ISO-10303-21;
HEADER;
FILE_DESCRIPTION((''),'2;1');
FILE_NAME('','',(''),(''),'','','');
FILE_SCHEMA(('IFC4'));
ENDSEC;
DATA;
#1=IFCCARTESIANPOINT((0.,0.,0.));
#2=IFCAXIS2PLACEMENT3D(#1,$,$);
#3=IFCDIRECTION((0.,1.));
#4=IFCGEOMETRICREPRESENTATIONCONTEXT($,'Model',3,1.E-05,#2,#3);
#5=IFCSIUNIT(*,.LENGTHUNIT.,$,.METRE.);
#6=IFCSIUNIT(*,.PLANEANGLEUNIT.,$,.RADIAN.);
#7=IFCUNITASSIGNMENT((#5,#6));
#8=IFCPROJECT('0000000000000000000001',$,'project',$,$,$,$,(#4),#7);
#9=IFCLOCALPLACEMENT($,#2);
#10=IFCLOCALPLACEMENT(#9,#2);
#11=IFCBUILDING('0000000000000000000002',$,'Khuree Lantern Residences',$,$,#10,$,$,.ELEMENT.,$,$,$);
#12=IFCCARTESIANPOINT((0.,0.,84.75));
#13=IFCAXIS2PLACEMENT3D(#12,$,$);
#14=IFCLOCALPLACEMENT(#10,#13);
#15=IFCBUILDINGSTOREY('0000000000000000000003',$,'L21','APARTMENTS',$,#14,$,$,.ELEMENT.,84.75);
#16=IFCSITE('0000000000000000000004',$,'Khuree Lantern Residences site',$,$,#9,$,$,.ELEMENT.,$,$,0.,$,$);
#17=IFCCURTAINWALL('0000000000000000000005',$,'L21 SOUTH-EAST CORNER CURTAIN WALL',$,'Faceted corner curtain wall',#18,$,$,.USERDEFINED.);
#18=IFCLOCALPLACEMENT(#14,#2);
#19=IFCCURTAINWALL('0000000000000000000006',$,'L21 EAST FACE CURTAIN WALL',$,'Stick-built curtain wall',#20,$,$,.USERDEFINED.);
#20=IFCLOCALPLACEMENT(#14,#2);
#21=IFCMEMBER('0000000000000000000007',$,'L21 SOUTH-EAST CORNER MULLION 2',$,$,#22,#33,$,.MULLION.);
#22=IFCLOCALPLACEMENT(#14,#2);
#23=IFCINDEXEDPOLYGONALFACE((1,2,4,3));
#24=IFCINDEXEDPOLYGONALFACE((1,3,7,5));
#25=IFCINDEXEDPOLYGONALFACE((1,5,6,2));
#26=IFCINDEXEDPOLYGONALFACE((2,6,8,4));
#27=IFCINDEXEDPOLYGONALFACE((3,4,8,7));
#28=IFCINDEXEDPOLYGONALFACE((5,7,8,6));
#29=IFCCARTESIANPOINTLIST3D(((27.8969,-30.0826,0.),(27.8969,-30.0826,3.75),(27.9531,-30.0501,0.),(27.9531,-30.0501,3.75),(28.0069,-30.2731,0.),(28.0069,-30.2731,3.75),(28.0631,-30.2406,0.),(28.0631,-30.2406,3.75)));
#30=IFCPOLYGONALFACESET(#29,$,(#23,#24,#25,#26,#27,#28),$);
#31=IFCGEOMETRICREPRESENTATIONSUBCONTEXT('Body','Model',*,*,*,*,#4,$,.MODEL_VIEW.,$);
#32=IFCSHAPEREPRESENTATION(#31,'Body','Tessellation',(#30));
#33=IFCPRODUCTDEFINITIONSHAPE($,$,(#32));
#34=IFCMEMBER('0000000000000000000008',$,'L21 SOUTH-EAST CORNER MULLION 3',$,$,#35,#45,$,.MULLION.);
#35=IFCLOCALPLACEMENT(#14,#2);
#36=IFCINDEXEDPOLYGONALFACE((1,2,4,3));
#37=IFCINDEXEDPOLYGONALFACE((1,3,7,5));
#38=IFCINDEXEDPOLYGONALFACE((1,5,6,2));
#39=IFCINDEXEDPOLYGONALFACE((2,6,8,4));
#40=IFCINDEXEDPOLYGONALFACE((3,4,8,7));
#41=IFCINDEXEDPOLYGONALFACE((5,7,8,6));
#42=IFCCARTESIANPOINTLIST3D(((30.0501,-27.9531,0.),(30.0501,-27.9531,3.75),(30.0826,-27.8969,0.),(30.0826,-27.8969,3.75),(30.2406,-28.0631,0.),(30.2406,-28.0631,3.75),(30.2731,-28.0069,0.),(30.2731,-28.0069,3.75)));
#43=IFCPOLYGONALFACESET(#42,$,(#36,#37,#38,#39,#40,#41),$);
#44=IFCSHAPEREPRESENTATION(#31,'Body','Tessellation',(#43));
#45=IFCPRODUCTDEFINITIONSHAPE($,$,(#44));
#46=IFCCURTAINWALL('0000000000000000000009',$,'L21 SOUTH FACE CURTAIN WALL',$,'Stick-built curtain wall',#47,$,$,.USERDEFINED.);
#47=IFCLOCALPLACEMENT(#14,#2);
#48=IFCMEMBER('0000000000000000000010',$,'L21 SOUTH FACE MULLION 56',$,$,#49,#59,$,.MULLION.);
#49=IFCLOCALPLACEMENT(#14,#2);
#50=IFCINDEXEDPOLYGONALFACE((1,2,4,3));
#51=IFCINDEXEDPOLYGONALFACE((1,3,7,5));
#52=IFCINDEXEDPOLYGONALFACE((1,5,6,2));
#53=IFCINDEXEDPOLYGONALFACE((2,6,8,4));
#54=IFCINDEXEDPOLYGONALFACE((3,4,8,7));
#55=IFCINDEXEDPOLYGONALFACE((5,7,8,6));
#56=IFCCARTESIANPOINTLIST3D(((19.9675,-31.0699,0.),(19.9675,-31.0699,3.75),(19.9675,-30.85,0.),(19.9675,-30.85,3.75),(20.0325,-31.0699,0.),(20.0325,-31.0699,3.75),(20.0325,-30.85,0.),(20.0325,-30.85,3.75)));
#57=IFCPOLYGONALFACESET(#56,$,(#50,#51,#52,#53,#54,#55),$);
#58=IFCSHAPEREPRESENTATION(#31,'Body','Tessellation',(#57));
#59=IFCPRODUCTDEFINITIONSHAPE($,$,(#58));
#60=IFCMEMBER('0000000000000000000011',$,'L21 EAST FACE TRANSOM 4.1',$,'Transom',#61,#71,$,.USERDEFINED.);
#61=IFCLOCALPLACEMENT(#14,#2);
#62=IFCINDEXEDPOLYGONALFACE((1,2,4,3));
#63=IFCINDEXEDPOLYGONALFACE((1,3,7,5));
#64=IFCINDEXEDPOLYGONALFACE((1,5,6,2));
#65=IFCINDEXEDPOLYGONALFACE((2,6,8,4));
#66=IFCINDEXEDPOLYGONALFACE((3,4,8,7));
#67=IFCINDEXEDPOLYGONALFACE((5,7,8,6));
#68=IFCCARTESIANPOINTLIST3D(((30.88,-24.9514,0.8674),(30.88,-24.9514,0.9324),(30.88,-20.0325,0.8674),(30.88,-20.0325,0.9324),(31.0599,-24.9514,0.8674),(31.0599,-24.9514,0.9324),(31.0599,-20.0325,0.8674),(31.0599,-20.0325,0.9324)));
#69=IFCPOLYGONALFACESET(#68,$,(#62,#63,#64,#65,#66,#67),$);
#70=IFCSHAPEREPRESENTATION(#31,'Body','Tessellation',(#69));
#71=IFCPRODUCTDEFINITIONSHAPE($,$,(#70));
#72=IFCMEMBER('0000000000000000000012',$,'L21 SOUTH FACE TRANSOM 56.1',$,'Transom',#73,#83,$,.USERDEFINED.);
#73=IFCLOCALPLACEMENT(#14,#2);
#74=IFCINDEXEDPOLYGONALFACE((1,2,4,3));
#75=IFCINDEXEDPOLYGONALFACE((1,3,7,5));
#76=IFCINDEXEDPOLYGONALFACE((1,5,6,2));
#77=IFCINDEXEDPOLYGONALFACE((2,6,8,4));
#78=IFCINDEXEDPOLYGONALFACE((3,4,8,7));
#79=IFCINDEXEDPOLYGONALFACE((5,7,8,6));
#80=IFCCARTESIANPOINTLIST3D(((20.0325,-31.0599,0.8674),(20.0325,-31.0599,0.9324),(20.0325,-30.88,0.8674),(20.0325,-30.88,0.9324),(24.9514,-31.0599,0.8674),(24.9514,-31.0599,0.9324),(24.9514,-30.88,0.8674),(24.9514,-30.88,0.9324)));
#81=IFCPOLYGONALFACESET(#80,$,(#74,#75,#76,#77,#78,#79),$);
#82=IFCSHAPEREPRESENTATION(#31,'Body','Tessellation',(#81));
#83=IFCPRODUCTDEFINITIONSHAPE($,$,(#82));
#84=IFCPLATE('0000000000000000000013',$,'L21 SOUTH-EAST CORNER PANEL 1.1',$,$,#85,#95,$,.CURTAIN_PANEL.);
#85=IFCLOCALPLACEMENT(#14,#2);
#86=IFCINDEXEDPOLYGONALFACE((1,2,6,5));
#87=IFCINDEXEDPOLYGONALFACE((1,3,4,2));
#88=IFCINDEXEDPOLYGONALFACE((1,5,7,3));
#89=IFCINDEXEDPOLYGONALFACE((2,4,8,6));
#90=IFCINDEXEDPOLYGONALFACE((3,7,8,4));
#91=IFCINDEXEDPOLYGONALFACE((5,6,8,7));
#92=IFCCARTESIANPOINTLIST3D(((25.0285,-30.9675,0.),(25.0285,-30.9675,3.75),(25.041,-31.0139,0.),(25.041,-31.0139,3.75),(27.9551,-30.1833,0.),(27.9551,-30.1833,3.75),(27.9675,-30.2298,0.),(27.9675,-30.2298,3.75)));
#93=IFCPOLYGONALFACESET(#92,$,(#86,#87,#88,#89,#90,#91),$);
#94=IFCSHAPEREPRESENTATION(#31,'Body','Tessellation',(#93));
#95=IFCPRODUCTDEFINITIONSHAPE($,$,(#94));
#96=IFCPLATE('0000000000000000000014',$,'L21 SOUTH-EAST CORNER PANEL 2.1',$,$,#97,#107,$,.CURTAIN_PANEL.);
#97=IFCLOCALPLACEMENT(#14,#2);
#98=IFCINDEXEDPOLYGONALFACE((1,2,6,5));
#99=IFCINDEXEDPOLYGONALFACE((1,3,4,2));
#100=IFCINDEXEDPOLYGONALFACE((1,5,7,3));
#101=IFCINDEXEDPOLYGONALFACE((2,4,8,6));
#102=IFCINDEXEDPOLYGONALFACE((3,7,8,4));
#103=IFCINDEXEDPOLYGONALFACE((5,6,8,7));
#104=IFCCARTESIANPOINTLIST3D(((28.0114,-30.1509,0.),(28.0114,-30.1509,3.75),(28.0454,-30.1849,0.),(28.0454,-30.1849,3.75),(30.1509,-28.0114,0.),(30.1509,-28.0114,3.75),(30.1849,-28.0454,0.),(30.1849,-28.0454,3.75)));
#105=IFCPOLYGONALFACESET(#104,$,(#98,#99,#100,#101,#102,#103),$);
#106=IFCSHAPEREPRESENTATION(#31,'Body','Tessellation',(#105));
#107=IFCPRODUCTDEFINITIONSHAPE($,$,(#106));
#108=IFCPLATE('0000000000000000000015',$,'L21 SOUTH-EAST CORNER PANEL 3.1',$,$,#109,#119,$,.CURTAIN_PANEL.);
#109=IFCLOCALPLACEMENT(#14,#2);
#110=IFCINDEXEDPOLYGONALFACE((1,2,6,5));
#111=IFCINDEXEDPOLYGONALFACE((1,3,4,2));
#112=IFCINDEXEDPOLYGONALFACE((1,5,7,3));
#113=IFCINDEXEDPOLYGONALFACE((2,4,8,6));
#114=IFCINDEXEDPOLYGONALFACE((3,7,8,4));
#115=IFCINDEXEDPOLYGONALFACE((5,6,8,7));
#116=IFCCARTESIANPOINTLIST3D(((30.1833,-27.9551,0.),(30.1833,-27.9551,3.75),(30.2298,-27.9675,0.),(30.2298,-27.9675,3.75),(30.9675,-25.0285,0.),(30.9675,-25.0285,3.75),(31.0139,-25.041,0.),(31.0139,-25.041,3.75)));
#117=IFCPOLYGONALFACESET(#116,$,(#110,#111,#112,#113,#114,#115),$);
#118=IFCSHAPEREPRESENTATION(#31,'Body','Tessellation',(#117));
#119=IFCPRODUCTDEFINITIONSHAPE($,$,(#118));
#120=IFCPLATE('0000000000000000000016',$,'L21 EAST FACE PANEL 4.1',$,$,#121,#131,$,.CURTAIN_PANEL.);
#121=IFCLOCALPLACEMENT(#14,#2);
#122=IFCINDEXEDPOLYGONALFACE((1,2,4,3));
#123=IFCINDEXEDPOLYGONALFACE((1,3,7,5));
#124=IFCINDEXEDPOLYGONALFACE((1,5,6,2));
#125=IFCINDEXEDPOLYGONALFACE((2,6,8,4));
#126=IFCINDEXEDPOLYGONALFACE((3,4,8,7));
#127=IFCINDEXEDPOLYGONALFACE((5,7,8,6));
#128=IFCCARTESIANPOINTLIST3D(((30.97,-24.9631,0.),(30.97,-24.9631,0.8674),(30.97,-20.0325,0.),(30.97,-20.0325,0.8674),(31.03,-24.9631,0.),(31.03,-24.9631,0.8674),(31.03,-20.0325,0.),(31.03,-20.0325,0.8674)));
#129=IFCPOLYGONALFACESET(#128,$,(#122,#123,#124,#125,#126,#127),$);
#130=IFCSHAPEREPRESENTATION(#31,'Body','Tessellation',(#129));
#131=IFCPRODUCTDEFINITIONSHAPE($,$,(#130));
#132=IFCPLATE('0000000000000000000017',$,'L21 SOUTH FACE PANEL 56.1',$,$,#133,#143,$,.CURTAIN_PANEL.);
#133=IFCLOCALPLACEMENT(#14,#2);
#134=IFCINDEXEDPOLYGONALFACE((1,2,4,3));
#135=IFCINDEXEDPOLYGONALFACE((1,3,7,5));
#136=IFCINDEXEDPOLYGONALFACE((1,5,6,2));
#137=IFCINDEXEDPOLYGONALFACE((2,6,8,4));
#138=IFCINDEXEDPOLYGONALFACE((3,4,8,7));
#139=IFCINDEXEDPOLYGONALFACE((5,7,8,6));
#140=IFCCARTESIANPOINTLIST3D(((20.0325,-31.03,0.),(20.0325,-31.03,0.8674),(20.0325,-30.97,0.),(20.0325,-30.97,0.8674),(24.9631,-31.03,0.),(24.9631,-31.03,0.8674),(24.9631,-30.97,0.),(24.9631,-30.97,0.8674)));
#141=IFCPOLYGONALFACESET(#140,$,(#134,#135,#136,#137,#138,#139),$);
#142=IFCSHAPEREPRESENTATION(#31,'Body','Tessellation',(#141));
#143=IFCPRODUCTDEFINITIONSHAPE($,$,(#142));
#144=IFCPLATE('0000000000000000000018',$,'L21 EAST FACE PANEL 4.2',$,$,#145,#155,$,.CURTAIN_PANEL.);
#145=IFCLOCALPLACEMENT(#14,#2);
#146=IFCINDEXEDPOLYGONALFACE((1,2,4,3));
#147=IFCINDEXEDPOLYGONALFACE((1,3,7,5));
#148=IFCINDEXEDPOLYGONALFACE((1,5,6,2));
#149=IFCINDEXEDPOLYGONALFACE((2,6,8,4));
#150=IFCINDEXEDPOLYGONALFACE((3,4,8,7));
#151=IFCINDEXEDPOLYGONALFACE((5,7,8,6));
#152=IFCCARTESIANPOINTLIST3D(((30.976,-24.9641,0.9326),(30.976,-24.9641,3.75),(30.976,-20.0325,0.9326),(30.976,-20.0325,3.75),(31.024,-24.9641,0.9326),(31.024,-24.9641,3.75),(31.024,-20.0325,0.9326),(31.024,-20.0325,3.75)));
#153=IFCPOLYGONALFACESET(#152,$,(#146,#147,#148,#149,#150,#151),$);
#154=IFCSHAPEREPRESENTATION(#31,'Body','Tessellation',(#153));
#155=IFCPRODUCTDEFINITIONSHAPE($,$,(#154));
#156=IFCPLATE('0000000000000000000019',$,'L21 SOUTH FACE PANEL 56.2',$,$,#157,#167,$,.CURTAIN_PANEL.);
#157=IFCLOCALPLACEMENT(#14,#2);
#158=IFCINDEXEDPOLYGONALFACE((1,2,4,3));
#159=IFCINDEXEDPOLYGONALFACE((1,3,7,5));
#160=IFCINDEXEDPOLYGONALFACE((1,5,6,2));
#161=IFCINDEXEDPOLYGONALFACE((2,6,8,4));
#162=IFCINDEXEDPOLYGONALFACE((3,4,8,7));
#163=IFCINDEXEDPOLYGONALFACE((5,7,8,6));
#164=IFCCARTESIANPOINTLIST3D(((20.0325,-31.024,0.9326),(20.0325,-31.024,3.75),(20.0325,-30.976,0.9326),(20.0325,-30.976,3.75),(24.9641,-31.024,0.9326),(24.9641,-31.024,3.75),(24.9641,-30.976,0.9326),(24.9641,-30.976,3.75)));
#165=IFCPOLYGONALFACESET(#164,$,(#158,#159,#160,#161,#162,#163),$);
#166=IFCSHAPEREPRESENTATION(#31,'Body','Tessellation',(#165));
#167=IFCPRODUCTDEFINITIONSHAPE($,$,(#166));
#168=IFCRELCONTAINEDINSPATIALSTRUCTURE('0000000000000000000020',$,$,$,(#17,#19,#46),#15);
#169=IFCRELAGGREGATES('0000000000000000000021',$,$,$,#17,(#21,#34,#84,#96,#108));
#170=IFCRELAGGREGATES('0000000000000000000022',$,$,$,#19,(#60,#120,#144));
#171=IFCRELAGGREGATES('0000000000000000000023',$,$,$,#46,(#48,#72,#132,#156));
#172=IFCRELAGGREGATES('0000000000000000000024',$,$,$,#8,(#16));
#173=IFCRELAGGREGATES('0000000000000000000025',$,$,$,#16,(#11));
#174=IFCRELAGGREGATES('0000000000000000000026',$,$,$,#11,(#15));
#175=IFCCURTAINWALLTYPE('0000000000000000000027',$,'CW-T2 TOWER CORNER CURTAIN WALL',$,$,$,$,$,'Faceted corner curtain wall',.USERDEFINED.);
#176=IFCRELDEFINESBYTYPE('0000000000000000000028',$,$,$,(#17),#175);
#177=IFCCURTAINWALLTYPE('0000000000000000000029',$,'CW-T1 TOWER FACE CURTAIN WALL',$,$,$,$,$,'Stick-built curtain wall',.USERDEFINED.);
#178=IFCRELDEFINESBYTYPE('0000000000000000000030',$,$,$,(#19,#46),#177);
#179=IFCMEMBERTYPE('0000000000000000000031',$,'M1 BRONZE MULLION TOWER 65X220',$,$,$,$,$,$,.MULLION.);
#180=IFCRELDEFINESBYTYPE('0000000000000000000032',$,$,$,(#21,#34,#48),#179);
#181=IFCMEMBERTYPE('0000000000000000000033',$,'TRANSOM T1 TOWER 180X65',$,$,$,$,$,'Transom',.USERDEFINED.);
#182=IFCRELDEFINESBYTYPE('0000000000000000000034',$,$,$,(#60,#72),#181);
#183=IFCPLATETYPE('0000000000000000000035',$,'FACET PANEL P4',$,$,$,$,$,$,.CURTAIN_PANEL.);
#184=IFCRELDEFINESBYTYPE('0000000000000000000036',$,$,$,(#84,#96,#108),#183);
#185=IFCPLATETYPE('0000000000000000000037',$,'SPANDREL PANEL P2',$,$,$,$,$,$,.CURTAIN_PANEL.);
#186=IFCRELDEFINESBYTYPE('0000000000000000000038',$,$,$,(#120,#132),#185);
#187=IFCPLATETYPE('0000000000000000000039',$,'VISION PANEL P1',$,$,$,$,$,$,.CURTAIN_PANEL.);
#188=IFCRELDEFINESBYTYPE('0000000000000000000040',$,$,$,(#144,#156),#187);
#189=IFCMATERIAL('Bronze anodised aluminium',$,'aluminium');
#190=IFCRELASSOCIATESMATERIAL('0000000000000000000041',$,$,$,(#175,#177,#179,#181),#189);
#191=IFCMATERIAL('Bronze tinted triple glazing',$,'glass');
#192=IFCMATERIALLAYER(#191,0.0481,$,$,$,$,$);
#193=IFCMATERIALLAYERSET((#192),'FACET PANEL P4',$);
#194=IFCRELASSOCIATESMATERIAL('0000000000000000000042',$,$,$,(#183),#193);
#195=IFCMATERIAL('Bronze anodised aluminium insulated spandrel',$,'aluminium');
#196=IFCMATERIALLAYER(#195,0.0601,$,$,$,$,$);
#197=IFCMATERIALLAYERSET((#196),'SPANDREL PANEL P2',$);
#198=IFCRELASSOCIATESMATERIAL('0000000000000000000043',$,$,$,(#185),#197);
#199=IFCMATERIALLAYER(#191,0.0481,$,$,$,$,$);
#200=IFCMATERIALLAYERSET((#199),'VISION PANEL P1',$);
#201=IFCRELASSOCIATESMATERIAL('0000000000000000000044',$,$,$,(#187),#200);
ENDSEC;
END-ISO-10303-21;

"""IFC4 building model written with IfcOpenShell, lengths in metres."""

from ifc_helpers import new_model, si_unit, direction, frame, origin, origin_2d, place, context, subcontext, project, spatial, rectangle, extrude, material, layer, layer_set, material_profile, profile_set, type_object, element, aggregate, save


model = new_model("IFC4")

# Units and contexts
model_context = context("Model", 3, precision=1e-05, world=origin(), true_north=direction((0.0, 1.0)))
body_context = subcontext(model_context, "Body", "Model", "MODEL_VIEW")
ifc_project = project(units=[si_unit("LENGTHUNIT", "METRE"), si_unit("PLANEANGLEUNIT", "RADIAN")], contexts=[model_context])

# Site, building, storey
site_placement = place(None, origin())
site = spatial("IfcSite", under=ifc_project, at=site_placement, Name="Khuree Lantern Residences site", CompositionType="ELEMENT", RefElevation=0.0)
building_placement = place(site_placement, origin())
building = spatial("IfcBuilding", under=site, at=building_placement, Name="Khuree Lantern Residences", CompositionType="ELEMENT")
storey_placement = place(building_placement, frame((0.0, 0.0, 84.75)))
storey = spatial("IfcBuildingStorey", under=building, at=storey_placement, Name="L21", Description="APARTMENTS", CompositionType="ELEMENT", Elevation=84.75)

# Curtain walls
ifc_material_1 = material(Name="Bronze anodised aluminium", Category="aluminium")
curtain_wall_type_1 = type_object("IfcCurtainWallType", Name="CW-T2 TOWER CORNER CURTAIN WALL", ElementType="Faceted corner curtain wall", PredefinedType="USERDEFINED", material=ifc_material_1)
curtain_wall_1_placement = place(storey_placement, origin())
curtain_wall_1 = element("IfcCurtainWall", 1, at=curtain_wall_1_placement, inside=storey, type_object=curtain_wall_type_1, Name="L21 SOUTH-EAST CORNER CURTAIN WALL", ObjectType="Faceted corner curtain wall", PredefinedType="USERDEFINED")
curtain_wall_type_2 = type_object("IfcCurtainWallType", Name="CW-T1 TOWER FACE CURTAIN WALL", ElementType="Stick-built curtain wall", PredefinedType="USERDEFINED", material=ifc_material_1)
curtain_wall_2_placement = place(storey_placement, origin())
curtain_wall_2 = element("IfcCurtainWall", 2, at=curtain_wall_2_placement, inside=storey, type_object=curtain_wall_type_2, Name="L21 EAST FACE CURTAIN WALL", ObjectType="Stick-built curtain wall", PredefinedType="USERDEFINED")

# Members
ifc_material_profile_1 = material_profile(ifc_material_1, rectangle(XDim=0.0649, YDim=0.22, at=origin_2d()), Name="M1 65X220")
ifc_profile_set_1 = profile_set([ifc_material_profile_1], Name="Bronze anodised aluminium")
member_type_1 = type_object("IfcMemberType", Name="M1 BRONZE MULLION TOWER 65X220", PredefinedType="MULLION", material=ifc_profile_set_1)
member_1_placement = place(storey_placement, frame((27.98, -30.1616, 0.0), z_axis=(0.0, 0.0, 1.0), x_axis=(0.866025, 0.5, 0.0)))
member_1 = element("IfcMember", 3, at=member_1_placement, type_object=member_type_1, Name="L21 SOUTH-EAST CORNER MULLION 2", PredefinedType="MULLION", context=body_context, shape_type="SweptSolid", body=[
    extrude(rectangle(XDim=0.0649, YDim=0.22, at=origin_2d()), origin(), (0.0, 0.0, 1.0), 3.75),
])
member_2_placement = place(storey_placement, frame((30.1616, -27.98, 0.0), z_axis=(0.0, 0.0, 1.0), x_axis=(0.5, 0.866025, 0.0)))
member_2 = element("IfcMember", 4, at=member_2_placement, type_object=member_type_1, Name="L21 SOUTH-EAST CORNER MULLION 3", PredefinedType="MULLION", context=body_context, shape_type="SweptSolid", body=[
    extrude(rectangle(XDim=0.0649, YDim=0.22, at=origin_2d()), origin(), (0.0, 0.0, 1.0), 3.75),
])

# Curtain wall, member
curtain_wall_3_placement = place(storey_placement, origin())
curtain_wall_3 = element("IfcCurtainWall", 5, at=curtain_wall_3_placement, inside=storey, type_object=curtain_wall_type_2, Name="L21 SOUTH FACE CURTAIN WALL", ObjectType="Stick-built curtain wall", PredefinedType="USERDEFINED")
member_3_placement = place(storey_placement, frame((20.0, -30.96, 0.0), z_axis=(0.0, 0.0, 1.0), x_axis=(1.0, 0.0, 0.0)))
member_3 = element("IfcMember", 6, at=member_3_placement, type_object=member_type_1, Name="L21 SOUTH FACE MULLION 56", PredefinedType="MULLION", context=body_context, shape_type="SweptSolid", body=[
    extrude(rectangle(XDim=0.0649, YDim=0.22, at=origin_2d()), origin(), (0.0, 0.0, 1.0), 3.75),
])

# Members
ifc_material_profile_2 = material_profile(ifc_material_1, rectangle(XDim=0.1799, YDim=0.0649, at=origin_2d()), Name="T1 180X65")
ifc_profile_set_2 = profile_set([ifc_material_profile_2], Name="Bronze anodised aluminium")
member_type_2 = type_object("IfcMemberType", Name="TRANSOM T1 TOWER 180X65", ElementType="Transom", PredefinedType="USERDEFINED", material=ifc_profile_set_2)
member_4_placement = place(storey_placement, frame((30.97, -24.9514, 0.8999), z_axis=(0.0, 1.0, 0.0), x_axis=(-1.0, 0.0, 0.0)))
member_4 = element("IfcMember", 7, at=member_4_placement, type_object=member_type_2, Name="L21 EAST FACE TRANSOM 4.1", ObjectType="Transom", PredefinedType="USERDEFINED", context=body_context, shape_type="SweptSolid", body=[
    extrude(rectangle(XDim=0.1799, YDim=0.0649, at=origin_2d()), origin(), (0.0, 0.0, 1.0), 4.9189),
])
member_5_placement = place(storey_placement, frame((20.0325, -30.97, 0.8999), z_axis=(1.0, 0.0, 0.0), x_axis=(0.0, 1.0, 0.0)))
member_5 = element("IfcMember", 8, at=member_5_placement, type_object=member_type_2, Name="L21 SOUTH FACE TRANSOM 56.1", ObjectType="Transom", PredefinedType="USERDEFINED", context=body_context, shape_type="SweptSolid", body=[
    extrude(rectangle(XDim=0.1799, YDim=0.0649, at=origin_2d()), origin(), (0.0, 0.0, 1.0), 4.9189),
])

# Plates
ifc_material_2 = material(Name="Bronze tinted triple glazing", Category="glass")
ifc_layer_1 = layer(ifc_material_2, 0.0481)
ifc_layer_set_1 = layer_set([ifc_layer_1], Name="FACET PANEL P4")
plate_type_1 = type_object("IfcPlateType", Name="FACET PANEL P4", PredefinedType="CURTAIN_PANEL", material=ifc_layer_set_1)
plate_1_placement = place(storey_placement, frame((26.498, -30.5986, 0.0), z_axis=(0.0, 0.0, 1.0), x_axis=(0.965926, 0.258819, 0.0)))
plate_1 = element("IfcPlate", 9, at=plate_1_placement, type_object=plate_type_1, Name="L21 SOUTH-EAST CORNER PANEL 1.1", PredefinedType="CURTAIN_PANEL", context=body_context, shape_type="SweptSolid", body=[
    extrude(rectangle(XDim=3.0298, YDim=0.0481, at=origin_2d()), origin(), (0.0, 0.0, 1.0), 3.75),
])
plate_2_placement = place(storey_placement, frame((29.0981, -29.0981, 0.0), z_axis=(0.0, 0.0, 1.0), x_axis=(0.707107, 0.707107, 0.0)))
plate_2 = element("IfcPlate", 10, at=plate_2_placement, type_object=plate_type_1, Name="L21 SOUTH-EAST CORNER PANEL 2.1", PredefinedType="CURTAIN_PANEL", context=body_context, shape_type="SweptSolid", body=[
    extrude(rectangle(XDim=3.0256, YDim=0.0481, at=origin_2d()), origin(), (0.0, 0.0, 1.0), 3.75),
])
plate_3_placement = place(storey_placement, frame((30.5986, -26.498, 0.0), z_axis=(0.0, 0.0, 1.0), x_axis=(0.258819, 0.965926, 0.0)))
plate_3 = element("IfcPlate", 11, at=plate_3_placement, type_object=plate_type_1, Name="L21 SOUTH-EAST CORNER PANEL 3.1", PredefinedType="CURTAIN_PANEL", context=body_context, shape_type="SweptSolid", body=[
    extrude(rectangle(XDim=3.0298, YDim=0.0481, at=origin_2d()), origin(), (0.0, 0.0, 1.0), 3.75),
])
aggregate(curtain_wall_1, [member_1, member_2, plate_1, plate_2, plate_3])
ifc_material_3 = material(Name="Bronze anodised aluminium insulated spandrel", Category="aluminium")
ifc_layer_2 = layer(ifc_material_3, 0.0601)
ifc_layer_set_2 = layer_set([ifc_layer_2], Name="SPANDREL PANEL P2")
plate_type_2 = type_object("IfcPlateType", Name="SPANDREL PANEL P2", PredefinedType="CURTAIN_PANEL", material=ifc_layer_set_2)
plate_4_placement = place(storey_placement, frame((31.0, -22.4978, 0.0), z_axis=(0.0, 0.0, 1.0), x_axis=(0.0, 1.0, 0.0)))
plate_4 = element("IfcPlate", 12, at=plate_4_placement, type_object=plate_type_2, Name="L21 EAST FACE PANEL 4.1", PredefinedType="CURTAIN_PANEL", context=body_context, shape_type="SweptSolid", body=[
    extrude(rectangle(XDim=4.9307, YDim=0.0601, at=origin_2d()), origin(), (0.0, 0.0, 1.0), 0.8674),
])
plate_5_placement = place(storey_placement, frame((22.4978, -31.0, 0.0), z_axis=(0.0, 0.0, 1.0), x_axis=(1.0, 0.0, 0.0)))
plate_5 = element("IfcPlate", 13, at=plate_5_placement, type_object=plate_type_2, Name="L21 SOUTH FACE PANEL 56.1", PredefinedType="CURTAIN_PANEL", context=body_context, shape_type="SweptSolid", body=[
    extrude(rectangle(XDim=4.9307, YDim=0.0601, at=origin_2d()), origin(), (0.0, 0.0, 1.0), 0.8674),
])
ifc_layer_3 = layer(ifc_material_2, 0.0481)
ifc_layer_set_3 = layer_set([ifc_layer_3], Name="VISION PANEL P1")
plate_type_3 = type_object("IfcPlateType", Name="VISION PANEL P1", PredefinedType="CURTAIN_PANEL", material=ifc_layer_set_3)
plate_6_placement = place(storey_placement, frame((31.0, -22.4983, 0.9326), z_axis=(0.0, 0.0, 1.0), x_axis=(0.0, 1.0, 0.0)))
plate_6 = element("IfcPlate", 14, at=plate_6_placement, type_object=plate_type_3, Name="L21 EAST FACE PANEL 4.2", PredefinedType="CURTAIN_PANEL", context=body_context, shape_type="SweptSolid", body=[
    extrude(rectangle(XDim=4.9316, YDim=0.0481, at=origin_2d()), origin(), (0.0, 0.0, 1.0), 2.8174),
])
aggregate(curtain_wall_2, [member_4, plate_4, plate_6])
plate_7_placement = place(storey_placement, frame((22.4983, -31.0, 0.9326), z_axis=(0.0, 0.0, 1.0), x_axis=(1.0, 0.0, 0.0)))
plate_7 = element("IfcPlate", 15, at=plate_7_placement, type_object=plate_type_3, Name="L21 SOUTH FACE PANEL 56.2", PredefinedType="CURTAIN_PANEL", context=body_context, shape_type="SweptSolid", body=[
    extrude(rectangle(XDim=4.9316, YDim=0.0481, at=origin_2d()), origin(), (0.0, 0.0, 1.0), 2.8174),
])
aggregate(curtain_wall_3, [member_3, member_5, plate_5, plate_7])

save(model, "model.ifc")
